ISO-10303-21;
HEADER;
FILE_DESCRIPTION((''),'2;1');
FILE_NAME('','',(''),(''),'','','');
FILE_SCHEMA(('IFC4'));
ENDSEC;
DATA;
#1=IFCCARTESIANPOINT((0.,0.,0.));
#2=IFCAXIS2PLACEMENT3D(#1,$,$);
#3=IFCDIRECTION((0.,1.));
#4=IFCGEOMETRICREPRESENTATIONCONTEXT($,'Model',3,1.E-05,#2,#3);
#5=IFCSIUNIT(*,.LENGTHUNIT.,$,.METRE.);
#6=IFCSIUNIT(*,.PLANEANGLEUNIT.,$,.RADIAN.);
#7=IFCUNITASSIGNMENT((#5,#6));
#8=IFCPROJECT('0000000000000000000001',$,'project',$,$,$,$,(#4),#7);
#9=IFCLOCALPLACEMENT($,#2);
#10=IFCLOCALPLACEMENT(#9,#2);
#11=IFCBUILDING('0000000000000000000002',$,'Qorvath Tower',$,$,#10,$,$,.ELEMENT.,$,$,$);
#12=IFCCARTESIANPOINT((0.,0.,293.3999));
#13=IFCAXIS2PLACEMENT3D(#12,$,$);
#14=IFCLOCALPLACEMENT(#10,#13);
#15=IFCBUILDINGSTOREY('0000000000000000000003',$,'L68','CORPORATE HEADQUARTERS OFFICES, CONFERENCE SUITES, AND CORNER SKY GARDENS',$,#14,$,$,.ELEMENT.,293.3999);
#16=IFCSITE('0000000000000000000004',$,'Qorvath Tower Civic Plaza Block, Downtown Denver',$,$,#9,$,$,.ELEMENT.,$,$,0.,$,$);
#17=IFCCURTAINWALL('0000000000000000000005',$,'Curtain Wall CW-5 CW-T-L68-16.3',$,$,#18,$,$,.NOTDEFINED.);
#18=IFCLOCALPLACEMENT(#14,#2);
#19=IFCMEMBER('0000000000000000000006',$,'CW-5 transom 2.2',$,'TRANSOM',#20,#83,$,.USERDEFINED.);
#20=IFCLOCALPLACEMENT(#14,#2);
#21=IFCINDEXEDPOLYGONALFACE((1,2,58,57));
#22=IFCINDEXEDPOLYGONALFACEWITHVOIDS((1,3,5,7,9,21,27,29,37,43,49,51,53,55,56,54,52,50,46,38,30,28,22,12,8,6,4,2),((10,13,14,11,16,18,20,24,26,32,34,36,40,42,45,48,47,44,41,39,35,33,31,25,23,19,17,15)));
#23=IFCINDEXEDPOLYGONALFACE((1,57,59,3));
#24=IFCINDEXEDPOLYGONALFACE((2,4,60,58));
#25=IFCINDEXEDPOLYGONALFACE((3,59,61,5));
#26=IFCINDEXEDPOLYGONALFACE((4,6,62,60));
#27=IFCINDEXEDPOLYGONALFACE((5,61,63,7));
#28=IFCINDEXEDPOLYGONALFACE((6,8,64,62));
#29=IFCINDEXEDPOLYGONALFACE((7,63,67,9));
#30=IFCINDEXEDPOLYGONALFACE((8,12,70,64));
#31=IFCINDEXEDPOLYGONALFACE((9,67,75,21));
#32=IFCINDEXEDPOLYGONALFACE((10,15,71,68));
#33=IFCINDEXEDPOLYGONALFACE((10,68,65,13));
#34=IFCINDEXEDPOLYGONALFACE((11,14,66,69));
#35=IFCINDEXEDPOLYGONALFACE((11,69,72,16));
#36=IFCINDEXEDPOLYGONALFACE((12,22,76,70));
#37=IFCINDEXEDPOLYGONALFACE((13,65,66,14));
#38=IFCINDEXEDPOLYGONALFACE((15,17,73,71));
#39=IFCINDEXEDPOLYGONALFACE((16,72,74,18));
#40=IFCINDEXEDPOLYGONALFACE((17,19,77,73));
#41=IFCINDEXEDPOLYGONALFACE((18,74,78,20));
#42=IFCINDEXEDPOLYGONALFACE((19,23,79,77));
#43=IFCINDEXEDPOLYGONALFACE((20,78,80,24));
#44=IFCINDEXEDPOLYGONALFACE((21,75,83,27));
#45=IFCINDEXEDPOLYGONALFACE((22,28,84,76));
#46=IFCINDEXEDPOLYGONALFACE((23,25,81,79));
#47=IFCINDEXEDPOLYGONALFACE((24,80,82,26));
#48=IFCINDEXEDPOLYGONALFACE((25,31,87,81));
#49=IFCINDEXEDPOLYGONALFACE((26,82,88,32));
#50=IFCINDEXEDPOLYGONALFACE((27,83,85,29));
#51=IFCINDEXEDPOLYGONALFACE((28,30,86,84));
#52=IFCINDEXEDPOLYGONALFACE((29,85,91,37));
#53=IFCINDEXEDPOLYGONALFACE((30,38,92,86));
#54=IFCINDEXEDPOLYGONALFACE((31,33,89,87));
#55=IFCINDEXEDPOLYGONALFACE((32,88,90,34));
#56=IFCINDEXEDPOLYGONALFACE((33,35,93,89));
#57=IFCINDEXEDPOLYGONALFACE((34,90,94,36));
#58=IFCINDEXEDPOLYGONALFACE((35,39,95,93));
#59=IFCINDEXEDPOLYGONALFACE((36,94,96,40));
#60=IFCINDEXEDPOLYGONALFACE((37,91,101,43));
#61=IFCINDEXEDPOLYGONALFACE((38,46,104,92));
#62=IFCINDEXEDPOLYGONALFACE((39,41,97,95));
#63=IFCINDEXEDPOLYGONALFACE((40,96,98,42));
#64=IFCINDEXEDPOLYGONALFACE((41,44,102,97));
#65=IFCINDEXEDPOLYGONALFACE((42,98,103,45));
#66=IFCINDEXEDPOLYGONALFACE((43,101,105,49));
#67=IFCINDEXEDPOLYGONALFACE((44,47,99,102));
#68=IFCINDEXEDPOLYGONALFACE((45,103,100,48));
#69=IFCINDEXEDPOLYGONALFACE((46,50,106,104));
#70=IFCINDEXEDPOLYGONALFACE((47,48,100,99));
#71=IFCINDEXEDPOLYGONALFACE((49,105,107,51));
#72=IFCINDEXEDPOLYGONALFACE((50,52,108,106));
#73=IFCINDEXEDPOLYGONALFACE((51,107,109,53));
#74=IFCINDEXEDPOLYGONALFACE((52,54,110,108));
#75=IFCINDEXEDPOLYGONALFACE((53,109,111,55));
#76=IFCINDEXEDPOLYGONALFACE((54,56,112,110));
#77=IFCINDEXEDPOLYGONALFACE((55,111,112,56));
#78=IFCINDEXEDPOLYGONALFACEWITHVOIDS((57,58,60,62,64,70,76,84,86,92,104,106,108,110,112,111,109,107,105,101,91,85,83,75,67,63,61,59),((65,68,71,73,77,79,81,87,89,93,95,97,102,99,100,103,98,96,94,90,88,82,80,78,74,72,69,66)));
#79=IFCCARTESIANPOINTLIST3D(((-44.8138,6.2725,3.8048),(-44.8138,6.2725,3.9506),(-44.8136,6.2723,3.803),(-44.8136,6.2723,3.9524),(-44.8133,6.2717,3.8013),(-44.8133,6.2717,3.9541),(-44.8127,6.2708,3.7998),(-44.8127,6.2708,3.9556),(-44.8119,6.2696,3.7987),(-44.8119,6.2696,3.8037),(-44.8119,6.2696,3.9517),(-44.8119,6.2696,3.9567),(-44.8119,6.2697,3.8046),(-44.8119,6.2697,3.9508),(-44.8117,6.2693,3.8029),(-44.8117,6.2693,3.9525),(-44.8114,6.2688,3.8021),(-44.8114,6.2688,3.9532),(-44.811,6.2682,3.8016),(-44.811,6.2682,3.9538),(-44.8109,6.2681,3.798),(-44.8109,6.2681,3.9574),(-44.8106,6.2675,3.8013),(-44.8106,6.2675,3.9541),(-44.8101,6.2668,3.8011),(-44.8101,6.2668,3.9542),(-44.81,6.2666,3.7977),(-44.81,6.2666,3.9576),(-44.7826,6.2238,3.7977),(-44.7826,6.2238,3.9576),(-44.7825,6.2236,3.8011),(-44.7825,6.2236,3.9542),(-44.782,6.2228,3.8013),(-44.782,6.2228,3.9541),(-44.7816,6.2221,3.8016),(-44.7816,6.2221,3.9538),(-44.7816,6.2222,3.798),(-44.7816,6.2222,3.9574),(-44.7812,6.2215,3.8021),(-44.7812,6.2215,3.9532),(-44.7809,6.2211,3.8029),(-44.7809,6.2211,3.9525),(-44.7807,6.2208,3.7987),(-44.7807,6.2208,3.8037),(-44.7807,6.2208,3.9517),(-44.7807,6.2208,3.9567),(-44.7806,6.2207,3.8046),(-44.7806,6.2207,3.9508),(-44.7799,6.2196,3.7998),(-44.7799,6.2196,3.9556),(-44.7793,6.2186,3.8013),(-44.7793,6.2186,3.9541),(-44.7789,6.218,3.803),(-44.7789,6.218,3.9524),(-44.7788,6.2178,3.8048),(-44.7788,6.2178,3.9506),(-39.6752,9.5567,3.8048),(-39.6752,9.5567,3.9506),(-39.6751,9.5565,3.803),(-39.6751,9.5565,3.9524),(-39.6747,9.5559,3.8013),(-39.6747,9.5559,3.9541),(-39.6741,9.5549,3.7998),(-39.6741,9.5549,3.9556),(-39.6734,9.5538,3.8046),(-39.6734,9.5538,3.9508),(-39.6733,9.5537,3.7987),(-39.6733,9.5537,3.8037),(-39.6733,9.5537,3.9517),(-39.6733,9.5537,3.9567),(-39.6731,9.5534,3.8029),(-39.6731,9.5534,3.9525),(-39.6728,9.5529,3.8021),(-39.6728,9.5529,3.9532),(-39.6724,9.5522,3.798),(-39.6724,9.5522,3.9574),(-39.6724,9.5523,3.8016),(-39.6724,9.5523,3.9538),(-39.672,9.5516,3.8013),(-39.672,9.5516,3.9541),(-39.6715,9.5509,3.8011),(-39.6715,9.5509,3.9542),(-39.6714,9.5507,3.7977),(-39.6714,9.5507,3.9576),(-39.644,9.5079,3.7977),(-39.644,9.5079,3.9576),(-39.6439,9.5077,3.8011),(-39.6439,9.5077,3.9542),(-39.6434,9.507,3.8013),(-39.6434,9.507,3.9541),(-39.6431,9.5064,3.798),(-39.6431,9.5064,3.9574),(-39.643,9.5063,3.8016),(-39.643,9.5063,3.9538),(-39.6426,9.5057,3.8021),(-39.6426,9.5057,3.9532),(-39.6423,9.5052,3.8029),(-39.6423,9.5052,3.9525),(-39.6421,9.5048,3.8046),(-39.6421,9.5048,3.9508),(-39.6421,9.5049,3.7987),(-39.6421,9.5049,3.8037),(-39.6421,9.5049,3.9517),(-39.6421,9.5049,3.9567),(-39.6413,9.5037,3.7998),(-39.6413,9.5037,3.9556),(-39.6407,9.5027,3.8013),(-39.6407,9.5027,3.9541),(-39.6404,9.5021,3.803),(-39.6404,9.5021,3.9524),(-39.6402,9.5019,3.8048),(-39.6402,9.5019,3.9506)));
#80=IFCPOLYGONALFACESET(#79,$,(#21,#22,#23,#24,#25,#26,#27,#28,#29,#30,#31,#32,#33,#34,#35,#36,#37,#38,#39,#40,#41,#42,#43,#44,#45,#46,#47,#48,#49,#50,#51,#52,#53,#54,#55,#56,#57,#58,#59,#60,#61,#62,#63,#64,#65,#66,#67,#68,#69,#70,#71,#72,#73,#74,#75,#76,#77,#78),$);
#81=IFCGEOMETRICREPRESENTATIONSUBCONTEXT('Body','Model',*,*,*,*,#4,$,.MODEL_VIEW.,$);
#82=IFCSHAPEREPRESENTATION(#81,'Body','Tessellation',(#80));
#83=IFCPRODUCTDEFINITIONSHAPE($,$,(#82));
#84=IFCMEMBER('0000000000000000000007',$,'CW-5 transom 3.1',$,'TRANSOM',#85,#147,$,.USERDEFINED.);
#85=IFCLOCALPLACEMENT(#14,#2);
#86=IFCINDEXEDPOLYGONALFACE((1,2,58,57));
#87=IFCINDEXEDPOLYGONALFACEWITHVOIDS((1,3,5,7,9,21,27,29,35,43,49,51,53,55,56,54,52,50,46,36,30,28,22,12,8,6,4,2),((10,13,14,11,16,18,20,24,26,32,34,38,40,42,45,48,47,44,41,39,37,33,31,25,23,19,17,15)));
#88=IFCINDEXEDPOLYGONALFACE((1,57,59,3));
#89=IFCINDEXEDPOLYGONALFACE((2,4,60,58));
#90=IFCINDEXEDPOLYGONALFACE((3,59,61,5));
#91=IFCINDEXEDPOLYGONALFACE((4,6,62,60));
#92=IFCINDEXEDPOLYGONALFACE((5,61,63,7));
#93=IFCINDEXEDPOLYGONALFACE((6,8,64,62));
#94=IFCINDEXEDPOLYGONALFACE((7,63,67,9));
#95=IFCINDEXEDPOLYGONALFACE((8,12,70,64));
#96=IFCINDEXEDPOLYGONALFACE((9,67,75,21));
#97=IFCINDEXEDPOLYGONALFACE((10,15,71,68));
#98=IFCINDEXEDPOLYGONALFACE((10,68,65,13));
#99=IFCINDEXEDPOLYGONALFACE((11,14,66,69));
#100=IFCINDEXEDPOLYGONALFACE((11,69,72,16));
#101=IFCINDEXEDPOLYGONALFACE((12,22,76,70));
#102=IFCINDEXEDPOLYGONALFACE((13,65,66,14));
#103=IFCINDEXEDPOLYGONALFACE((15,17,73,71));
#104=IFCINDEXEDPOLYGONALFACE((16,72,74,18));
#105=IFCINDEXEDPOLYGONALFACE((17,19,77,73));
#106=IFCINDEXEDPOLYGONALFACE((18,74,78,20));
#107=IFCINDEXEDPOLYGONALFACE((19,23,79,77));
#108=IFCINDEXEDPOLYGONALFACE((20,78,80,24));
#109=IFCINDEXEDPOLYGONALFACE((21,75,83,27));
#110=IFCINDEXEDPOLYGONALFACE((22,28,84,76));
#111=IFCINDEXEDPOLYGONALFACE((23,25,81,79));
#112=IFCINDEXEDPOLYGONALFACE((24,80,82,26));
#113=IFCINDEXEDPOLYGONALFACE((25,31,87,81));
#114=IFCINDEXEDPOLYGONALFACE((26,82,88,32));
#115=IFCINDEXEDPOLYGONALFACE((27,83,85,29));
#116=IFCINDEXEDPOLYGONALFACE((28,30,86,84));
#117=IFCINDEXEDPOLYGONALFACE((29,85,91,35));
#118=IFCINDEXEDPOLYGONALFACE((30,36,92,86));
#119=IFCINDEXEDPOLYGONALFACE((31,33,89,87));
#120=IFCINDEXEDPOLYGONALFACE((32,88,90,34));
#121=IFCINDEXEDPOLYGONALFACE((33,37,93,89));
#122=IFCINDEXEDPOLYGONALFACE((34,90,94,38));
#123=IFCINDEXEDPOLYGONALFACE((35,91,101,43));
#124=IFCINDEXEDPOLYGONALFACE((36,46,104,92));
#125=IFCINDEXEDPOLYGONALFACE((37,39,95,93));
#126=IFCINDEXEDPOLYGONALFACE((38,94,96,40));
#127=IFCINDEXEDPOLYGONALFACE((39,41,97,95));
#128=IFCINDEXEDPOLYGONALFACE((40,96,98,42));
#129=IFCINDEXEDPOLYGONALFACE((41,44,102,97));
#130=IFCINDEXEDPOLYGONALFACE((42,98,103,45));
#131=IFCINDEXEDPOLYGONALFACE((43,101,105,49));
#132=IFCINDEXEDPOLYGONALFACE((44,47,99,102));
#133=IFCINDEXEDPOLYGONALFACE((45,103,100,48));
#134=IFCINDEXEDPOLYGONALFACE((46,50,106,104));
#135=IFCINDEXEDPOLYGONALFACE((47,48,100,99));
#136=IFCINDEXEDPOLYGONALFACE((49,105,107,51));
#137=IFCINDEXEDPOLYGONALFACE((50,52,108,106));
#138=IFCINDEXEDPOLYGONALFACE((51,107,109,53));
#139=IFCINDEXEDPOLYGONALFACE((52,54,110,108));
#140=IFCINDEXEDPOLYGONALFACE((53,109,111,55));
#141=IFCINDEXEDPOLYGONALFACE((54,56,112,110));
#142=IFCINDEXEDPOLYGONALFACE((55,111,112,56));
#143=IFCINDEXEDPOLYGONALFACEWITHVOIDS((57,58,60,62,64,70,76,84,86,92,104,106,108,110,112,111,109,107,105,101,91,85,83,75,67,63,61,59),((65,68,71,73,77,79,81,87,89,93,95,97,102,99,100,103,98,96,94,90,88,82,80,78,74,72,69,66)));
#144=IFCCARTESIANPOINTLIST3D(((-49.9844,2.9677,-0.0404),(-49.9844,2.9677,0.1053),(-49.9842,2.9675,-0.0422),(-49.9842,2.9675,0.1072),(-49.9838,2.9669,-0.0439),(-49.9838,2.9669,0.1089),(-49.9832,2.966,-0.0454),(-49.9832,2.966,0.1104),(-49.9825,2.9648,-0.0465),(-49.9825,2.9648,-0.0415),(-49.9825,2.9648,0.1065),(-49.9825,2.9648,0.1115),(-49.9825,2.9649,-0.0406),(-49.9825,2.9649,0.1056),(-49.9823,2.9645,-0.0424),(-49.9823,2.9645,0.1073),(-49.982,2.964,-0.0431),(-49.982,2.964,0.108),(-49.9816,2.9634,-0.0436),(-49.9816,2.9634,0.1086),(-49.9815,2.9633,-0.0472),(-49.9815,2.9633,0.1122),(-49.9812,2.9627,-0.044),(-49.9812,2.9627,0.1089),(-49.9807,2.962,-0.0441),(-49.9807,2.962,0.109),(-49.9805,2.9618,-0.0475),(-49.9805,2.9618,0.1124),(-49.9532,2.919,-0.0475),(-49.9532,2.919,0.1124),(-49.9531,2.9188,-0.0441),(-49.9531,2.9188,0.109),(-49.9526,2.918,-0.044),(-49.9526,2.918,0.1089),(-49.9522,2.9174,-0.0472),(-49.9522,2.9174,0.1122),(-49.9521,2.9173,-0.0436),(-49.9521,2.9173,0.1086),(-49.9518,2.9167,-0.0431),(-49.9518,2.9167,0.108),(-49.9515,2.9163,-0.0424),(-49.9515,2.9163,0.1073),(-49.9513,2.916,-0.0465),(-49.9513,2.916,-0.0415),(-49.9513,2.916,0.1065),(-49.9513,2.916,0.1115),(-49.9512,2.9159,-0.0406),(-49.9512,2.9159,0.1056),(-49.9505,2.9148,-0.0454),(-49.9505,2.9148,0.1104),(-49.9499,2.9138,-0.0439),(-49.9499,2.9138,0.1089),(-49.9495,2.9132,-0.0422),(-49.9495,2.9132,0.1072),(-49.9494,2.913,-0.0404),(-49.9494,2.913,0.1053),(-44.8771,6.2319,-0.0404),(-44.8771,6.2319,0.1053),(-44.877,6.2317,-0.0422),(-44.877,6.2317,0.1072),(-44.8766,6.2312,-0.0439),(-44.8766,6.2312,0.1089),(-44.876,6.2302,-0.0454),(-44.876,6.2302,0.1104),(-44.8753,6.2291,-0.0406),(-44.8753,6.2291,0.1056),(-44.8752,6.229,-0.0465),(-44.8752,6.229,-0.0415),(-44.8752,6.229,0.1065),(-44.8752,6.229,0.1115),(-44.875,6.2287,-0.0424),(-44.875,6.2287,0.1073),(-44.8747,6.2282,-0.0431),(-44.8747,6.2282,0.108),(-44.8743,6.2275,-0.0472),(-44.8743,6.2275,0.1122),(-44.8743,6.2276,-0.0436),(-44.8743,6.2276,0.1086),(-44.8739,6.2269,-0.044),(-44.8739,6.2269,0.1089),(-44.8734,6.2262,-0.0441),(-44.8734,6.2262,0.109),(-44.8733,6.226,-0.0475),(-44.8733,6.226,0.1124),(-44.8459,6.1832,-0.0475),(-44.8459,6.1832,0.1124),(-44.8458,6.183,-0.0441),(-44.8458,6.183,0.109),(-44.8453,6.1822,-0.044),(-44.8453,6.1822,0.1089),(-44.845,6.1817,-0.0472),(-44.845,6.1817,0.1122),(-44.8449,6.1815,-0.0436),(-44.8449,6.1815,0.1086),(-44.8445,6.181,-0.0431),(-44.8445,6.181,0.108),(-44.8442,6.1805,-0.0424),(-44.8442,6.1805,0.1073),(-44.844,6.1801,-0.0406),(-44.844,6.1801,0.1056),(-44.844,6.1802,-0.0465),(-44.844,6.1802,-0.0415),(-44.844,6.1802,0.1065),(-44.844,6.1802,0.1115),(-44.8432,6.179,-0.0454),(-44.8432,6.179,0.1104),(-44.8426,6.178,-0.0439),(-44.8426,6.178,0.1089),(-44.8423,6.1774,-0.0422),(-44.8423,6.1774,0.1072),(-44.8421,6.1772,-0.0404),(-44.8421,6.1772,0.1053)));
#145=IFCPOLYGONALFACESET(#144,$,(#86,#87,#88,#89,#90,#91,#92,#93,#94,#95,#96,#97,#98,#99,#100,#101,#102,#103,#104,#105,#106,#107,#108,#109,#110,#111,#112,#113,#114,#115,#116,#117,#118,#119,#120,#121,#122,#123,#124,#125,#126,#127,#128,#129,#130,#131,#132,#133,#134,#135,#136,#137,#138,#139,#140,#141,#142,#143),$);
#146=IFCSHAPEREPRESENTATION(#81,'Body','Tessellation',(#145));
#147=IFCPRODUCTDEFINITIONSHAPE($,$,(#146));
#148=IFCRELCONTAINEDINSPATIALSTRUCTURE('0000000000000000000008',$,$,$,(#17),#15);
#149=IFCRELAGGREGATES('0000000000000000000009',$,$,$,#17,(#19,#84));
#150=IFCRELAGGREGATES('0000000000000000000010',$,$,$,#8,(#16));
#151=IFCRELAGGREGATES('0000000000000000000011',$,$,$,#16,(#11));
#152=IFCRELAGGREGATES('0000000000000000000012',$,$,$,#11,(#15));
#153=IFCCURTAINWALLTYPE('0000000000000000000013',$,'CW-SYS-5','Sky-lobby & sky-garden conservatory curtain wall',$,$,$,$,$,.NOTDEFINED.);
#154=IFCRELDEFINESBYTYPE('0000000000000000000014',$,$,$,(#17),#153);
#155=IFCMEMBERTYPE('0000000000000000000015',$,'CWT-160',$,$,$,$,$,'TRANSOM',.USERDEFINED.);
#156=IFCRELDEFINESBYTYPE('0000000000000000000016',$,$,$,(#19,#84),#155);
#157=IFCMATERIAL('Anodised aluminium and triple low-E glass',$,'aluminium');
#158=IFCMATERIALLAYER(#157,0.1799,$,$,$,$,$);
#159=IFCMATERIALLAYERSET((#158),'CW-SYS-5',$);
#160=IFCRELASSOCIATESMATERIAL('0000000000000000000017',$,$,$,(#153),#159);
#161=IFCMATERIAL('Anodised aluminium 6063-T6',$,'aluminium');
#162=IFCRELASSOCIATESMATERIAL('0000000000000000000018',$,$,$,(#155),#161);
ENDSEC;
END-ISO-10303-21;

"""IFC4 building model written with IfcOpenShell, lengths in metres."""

from ifc_helpers import new_model, si_unit, direction, frame, origin, origin_2d, place, context, subcontext, project, spatial, hollow_rectangle, extrude, material, layer, layer_set, material_profile, profile_set, type_object, element, aggregate, save


model = new_model("IFC4")

# Units and contexts
model_context = context("Model", 3, precision=1e-05, world=origin(), true_north=direction((0.0, 1.0)))
body_context = subcontext(model_context, "Body", "Model", "MODEL_VIEW")
ifc_project = project(units=[si_unit("LENGTHUNIT", "METRE"), si_unit("PLANEANGLEUNIT", "RADIAN")], contexts=[model_context])

# Site, building, storey
site_placement = place(None, origin())
site = spatial("IfcSite", under=ifc_project, at=site_placement, Name="Qorvath Tower Civic Plaza Block, Downtown Denver", CompositionType="ELEMENT", RefElevation=0.0)
building_placement = place(site_placement, origin())
building = spatial("IfcBuilding", under=site, at=building_placement, Name="Qorvath Tower", CompositionType="ELEMENT")
storey_placement = place(building_placement, frame((0.0, 0.0, 293.3999)))
storey = spatial("IfcBuildingStorey", under=building, at=storey_placement, Name="L68", Description="CORPORATE HEADQUARTERS OFFICES, CONFERENCE SUITES, AND CORNER SKY GARDENS", CompositionType="ELEMENT", Elevation=293.3999)

# Curtain wall, members
ifc_material_1 = material(Name="Anodised aluminium and triple low-E glass", Category="aluminium")
ifc_layer_1 = layer(ifc_material_1, 0.1799)
ifc_layer_set_1 = layer_set([ifc_layer_1], Name="CW-SYS-5")
curtain_wall_type = type_object("IfcCurtainWallType", Name="CW-SYS-5", Description="Sky-lobby & sky-garden conservatory curtain wall", PredefinedType="NOTDEFINED", material=ifc_layer_set_1)
curtain_wall_placement = place(storey_placement, origin())
curtain_wall = element("IfcCurtainWall", 1, at=curtain_wall_placement, inside=storey, type_object=curtain_wall_type, Name="Curtain Wall CW-5 CW-T-L68-16.3", PredefinedType="NOTDEFINED")
ifc_material_2 = material(Name="Anodised aluminium 6063-T6", Category="aluminium")
ifc_material_profile_1 = material_profile(ifc_material_2, hollow_rectangle(XDim=0.0649, YDim=0.1599, WallThickness=0.0034, InnerFilletRadius=0.0034, OuterFilletRadius=0.0071, at=origin_2d()), Name="CWT 160x65")
ifc_profile_set_1 = profile_set([ifc_material_profile_1], Name="Anodised aluminium 6063-T6")
member_type_1 = type_object("IfcMemberType", Name="CWT-160", ElementType="TRANSOM", PredefinedType="USERDEFINED", material=ifc_profile_set_1)
member_1_placement = place(storey_placement, frame((-39.6577, 9.5293, 3.8777), z_axis=(-0.842611, -0.538522, 0.0), x_axis=(0.538522, -0.842611, 0.0)))
member_1 = element("IfcMember", 2, at=member_1_placement, type_object=member_type_1, Name="CW-5 transom 2.2", ObjectType="TRANSOM", PredefinedType="USERDEFINED", context=body_context, shape_type="SweptSolid", body=[
    extrude(hollow_rectangle(XDim=0.0649, YDim=0.1599, WallThickness=0.0034, InnerFilletRadius=0.0034, OuterFilletRadius=0.0071, at=origin_2d()), origin(), (0.0, 0.0, 1.0), 6.0984),
])
member_2_placement = place(storey_placement, frame((-44.8596, 6.2046, 0.0325), z_axis=(-0.842603, -0.538535, 0.0), x_axis=(0.538535, -0.842603, 0.0)))
member_2 = element("IfcMember", 3, at=member_2_placement, type_object=member_type_1, Name="CW-5 transom 3.1", ObjectType="TRANSOM", PredefinedType="USERDEFINED", context=body_context, shape_type="SweptSolid", body=[
    extrude(hollow_rectangle(XDim=0.0649, YDim=0.1599, WallThickness=0.0034, InnerFilletRadius=0.0034, OuterFilletRadius=0.0071, at=origin_2d()), origin(), (0.0, 0.0, 1.0), 6.0613),
])
aggregate(curtain_wall, [member_1, member_2])

save(model, "model.ifc")
